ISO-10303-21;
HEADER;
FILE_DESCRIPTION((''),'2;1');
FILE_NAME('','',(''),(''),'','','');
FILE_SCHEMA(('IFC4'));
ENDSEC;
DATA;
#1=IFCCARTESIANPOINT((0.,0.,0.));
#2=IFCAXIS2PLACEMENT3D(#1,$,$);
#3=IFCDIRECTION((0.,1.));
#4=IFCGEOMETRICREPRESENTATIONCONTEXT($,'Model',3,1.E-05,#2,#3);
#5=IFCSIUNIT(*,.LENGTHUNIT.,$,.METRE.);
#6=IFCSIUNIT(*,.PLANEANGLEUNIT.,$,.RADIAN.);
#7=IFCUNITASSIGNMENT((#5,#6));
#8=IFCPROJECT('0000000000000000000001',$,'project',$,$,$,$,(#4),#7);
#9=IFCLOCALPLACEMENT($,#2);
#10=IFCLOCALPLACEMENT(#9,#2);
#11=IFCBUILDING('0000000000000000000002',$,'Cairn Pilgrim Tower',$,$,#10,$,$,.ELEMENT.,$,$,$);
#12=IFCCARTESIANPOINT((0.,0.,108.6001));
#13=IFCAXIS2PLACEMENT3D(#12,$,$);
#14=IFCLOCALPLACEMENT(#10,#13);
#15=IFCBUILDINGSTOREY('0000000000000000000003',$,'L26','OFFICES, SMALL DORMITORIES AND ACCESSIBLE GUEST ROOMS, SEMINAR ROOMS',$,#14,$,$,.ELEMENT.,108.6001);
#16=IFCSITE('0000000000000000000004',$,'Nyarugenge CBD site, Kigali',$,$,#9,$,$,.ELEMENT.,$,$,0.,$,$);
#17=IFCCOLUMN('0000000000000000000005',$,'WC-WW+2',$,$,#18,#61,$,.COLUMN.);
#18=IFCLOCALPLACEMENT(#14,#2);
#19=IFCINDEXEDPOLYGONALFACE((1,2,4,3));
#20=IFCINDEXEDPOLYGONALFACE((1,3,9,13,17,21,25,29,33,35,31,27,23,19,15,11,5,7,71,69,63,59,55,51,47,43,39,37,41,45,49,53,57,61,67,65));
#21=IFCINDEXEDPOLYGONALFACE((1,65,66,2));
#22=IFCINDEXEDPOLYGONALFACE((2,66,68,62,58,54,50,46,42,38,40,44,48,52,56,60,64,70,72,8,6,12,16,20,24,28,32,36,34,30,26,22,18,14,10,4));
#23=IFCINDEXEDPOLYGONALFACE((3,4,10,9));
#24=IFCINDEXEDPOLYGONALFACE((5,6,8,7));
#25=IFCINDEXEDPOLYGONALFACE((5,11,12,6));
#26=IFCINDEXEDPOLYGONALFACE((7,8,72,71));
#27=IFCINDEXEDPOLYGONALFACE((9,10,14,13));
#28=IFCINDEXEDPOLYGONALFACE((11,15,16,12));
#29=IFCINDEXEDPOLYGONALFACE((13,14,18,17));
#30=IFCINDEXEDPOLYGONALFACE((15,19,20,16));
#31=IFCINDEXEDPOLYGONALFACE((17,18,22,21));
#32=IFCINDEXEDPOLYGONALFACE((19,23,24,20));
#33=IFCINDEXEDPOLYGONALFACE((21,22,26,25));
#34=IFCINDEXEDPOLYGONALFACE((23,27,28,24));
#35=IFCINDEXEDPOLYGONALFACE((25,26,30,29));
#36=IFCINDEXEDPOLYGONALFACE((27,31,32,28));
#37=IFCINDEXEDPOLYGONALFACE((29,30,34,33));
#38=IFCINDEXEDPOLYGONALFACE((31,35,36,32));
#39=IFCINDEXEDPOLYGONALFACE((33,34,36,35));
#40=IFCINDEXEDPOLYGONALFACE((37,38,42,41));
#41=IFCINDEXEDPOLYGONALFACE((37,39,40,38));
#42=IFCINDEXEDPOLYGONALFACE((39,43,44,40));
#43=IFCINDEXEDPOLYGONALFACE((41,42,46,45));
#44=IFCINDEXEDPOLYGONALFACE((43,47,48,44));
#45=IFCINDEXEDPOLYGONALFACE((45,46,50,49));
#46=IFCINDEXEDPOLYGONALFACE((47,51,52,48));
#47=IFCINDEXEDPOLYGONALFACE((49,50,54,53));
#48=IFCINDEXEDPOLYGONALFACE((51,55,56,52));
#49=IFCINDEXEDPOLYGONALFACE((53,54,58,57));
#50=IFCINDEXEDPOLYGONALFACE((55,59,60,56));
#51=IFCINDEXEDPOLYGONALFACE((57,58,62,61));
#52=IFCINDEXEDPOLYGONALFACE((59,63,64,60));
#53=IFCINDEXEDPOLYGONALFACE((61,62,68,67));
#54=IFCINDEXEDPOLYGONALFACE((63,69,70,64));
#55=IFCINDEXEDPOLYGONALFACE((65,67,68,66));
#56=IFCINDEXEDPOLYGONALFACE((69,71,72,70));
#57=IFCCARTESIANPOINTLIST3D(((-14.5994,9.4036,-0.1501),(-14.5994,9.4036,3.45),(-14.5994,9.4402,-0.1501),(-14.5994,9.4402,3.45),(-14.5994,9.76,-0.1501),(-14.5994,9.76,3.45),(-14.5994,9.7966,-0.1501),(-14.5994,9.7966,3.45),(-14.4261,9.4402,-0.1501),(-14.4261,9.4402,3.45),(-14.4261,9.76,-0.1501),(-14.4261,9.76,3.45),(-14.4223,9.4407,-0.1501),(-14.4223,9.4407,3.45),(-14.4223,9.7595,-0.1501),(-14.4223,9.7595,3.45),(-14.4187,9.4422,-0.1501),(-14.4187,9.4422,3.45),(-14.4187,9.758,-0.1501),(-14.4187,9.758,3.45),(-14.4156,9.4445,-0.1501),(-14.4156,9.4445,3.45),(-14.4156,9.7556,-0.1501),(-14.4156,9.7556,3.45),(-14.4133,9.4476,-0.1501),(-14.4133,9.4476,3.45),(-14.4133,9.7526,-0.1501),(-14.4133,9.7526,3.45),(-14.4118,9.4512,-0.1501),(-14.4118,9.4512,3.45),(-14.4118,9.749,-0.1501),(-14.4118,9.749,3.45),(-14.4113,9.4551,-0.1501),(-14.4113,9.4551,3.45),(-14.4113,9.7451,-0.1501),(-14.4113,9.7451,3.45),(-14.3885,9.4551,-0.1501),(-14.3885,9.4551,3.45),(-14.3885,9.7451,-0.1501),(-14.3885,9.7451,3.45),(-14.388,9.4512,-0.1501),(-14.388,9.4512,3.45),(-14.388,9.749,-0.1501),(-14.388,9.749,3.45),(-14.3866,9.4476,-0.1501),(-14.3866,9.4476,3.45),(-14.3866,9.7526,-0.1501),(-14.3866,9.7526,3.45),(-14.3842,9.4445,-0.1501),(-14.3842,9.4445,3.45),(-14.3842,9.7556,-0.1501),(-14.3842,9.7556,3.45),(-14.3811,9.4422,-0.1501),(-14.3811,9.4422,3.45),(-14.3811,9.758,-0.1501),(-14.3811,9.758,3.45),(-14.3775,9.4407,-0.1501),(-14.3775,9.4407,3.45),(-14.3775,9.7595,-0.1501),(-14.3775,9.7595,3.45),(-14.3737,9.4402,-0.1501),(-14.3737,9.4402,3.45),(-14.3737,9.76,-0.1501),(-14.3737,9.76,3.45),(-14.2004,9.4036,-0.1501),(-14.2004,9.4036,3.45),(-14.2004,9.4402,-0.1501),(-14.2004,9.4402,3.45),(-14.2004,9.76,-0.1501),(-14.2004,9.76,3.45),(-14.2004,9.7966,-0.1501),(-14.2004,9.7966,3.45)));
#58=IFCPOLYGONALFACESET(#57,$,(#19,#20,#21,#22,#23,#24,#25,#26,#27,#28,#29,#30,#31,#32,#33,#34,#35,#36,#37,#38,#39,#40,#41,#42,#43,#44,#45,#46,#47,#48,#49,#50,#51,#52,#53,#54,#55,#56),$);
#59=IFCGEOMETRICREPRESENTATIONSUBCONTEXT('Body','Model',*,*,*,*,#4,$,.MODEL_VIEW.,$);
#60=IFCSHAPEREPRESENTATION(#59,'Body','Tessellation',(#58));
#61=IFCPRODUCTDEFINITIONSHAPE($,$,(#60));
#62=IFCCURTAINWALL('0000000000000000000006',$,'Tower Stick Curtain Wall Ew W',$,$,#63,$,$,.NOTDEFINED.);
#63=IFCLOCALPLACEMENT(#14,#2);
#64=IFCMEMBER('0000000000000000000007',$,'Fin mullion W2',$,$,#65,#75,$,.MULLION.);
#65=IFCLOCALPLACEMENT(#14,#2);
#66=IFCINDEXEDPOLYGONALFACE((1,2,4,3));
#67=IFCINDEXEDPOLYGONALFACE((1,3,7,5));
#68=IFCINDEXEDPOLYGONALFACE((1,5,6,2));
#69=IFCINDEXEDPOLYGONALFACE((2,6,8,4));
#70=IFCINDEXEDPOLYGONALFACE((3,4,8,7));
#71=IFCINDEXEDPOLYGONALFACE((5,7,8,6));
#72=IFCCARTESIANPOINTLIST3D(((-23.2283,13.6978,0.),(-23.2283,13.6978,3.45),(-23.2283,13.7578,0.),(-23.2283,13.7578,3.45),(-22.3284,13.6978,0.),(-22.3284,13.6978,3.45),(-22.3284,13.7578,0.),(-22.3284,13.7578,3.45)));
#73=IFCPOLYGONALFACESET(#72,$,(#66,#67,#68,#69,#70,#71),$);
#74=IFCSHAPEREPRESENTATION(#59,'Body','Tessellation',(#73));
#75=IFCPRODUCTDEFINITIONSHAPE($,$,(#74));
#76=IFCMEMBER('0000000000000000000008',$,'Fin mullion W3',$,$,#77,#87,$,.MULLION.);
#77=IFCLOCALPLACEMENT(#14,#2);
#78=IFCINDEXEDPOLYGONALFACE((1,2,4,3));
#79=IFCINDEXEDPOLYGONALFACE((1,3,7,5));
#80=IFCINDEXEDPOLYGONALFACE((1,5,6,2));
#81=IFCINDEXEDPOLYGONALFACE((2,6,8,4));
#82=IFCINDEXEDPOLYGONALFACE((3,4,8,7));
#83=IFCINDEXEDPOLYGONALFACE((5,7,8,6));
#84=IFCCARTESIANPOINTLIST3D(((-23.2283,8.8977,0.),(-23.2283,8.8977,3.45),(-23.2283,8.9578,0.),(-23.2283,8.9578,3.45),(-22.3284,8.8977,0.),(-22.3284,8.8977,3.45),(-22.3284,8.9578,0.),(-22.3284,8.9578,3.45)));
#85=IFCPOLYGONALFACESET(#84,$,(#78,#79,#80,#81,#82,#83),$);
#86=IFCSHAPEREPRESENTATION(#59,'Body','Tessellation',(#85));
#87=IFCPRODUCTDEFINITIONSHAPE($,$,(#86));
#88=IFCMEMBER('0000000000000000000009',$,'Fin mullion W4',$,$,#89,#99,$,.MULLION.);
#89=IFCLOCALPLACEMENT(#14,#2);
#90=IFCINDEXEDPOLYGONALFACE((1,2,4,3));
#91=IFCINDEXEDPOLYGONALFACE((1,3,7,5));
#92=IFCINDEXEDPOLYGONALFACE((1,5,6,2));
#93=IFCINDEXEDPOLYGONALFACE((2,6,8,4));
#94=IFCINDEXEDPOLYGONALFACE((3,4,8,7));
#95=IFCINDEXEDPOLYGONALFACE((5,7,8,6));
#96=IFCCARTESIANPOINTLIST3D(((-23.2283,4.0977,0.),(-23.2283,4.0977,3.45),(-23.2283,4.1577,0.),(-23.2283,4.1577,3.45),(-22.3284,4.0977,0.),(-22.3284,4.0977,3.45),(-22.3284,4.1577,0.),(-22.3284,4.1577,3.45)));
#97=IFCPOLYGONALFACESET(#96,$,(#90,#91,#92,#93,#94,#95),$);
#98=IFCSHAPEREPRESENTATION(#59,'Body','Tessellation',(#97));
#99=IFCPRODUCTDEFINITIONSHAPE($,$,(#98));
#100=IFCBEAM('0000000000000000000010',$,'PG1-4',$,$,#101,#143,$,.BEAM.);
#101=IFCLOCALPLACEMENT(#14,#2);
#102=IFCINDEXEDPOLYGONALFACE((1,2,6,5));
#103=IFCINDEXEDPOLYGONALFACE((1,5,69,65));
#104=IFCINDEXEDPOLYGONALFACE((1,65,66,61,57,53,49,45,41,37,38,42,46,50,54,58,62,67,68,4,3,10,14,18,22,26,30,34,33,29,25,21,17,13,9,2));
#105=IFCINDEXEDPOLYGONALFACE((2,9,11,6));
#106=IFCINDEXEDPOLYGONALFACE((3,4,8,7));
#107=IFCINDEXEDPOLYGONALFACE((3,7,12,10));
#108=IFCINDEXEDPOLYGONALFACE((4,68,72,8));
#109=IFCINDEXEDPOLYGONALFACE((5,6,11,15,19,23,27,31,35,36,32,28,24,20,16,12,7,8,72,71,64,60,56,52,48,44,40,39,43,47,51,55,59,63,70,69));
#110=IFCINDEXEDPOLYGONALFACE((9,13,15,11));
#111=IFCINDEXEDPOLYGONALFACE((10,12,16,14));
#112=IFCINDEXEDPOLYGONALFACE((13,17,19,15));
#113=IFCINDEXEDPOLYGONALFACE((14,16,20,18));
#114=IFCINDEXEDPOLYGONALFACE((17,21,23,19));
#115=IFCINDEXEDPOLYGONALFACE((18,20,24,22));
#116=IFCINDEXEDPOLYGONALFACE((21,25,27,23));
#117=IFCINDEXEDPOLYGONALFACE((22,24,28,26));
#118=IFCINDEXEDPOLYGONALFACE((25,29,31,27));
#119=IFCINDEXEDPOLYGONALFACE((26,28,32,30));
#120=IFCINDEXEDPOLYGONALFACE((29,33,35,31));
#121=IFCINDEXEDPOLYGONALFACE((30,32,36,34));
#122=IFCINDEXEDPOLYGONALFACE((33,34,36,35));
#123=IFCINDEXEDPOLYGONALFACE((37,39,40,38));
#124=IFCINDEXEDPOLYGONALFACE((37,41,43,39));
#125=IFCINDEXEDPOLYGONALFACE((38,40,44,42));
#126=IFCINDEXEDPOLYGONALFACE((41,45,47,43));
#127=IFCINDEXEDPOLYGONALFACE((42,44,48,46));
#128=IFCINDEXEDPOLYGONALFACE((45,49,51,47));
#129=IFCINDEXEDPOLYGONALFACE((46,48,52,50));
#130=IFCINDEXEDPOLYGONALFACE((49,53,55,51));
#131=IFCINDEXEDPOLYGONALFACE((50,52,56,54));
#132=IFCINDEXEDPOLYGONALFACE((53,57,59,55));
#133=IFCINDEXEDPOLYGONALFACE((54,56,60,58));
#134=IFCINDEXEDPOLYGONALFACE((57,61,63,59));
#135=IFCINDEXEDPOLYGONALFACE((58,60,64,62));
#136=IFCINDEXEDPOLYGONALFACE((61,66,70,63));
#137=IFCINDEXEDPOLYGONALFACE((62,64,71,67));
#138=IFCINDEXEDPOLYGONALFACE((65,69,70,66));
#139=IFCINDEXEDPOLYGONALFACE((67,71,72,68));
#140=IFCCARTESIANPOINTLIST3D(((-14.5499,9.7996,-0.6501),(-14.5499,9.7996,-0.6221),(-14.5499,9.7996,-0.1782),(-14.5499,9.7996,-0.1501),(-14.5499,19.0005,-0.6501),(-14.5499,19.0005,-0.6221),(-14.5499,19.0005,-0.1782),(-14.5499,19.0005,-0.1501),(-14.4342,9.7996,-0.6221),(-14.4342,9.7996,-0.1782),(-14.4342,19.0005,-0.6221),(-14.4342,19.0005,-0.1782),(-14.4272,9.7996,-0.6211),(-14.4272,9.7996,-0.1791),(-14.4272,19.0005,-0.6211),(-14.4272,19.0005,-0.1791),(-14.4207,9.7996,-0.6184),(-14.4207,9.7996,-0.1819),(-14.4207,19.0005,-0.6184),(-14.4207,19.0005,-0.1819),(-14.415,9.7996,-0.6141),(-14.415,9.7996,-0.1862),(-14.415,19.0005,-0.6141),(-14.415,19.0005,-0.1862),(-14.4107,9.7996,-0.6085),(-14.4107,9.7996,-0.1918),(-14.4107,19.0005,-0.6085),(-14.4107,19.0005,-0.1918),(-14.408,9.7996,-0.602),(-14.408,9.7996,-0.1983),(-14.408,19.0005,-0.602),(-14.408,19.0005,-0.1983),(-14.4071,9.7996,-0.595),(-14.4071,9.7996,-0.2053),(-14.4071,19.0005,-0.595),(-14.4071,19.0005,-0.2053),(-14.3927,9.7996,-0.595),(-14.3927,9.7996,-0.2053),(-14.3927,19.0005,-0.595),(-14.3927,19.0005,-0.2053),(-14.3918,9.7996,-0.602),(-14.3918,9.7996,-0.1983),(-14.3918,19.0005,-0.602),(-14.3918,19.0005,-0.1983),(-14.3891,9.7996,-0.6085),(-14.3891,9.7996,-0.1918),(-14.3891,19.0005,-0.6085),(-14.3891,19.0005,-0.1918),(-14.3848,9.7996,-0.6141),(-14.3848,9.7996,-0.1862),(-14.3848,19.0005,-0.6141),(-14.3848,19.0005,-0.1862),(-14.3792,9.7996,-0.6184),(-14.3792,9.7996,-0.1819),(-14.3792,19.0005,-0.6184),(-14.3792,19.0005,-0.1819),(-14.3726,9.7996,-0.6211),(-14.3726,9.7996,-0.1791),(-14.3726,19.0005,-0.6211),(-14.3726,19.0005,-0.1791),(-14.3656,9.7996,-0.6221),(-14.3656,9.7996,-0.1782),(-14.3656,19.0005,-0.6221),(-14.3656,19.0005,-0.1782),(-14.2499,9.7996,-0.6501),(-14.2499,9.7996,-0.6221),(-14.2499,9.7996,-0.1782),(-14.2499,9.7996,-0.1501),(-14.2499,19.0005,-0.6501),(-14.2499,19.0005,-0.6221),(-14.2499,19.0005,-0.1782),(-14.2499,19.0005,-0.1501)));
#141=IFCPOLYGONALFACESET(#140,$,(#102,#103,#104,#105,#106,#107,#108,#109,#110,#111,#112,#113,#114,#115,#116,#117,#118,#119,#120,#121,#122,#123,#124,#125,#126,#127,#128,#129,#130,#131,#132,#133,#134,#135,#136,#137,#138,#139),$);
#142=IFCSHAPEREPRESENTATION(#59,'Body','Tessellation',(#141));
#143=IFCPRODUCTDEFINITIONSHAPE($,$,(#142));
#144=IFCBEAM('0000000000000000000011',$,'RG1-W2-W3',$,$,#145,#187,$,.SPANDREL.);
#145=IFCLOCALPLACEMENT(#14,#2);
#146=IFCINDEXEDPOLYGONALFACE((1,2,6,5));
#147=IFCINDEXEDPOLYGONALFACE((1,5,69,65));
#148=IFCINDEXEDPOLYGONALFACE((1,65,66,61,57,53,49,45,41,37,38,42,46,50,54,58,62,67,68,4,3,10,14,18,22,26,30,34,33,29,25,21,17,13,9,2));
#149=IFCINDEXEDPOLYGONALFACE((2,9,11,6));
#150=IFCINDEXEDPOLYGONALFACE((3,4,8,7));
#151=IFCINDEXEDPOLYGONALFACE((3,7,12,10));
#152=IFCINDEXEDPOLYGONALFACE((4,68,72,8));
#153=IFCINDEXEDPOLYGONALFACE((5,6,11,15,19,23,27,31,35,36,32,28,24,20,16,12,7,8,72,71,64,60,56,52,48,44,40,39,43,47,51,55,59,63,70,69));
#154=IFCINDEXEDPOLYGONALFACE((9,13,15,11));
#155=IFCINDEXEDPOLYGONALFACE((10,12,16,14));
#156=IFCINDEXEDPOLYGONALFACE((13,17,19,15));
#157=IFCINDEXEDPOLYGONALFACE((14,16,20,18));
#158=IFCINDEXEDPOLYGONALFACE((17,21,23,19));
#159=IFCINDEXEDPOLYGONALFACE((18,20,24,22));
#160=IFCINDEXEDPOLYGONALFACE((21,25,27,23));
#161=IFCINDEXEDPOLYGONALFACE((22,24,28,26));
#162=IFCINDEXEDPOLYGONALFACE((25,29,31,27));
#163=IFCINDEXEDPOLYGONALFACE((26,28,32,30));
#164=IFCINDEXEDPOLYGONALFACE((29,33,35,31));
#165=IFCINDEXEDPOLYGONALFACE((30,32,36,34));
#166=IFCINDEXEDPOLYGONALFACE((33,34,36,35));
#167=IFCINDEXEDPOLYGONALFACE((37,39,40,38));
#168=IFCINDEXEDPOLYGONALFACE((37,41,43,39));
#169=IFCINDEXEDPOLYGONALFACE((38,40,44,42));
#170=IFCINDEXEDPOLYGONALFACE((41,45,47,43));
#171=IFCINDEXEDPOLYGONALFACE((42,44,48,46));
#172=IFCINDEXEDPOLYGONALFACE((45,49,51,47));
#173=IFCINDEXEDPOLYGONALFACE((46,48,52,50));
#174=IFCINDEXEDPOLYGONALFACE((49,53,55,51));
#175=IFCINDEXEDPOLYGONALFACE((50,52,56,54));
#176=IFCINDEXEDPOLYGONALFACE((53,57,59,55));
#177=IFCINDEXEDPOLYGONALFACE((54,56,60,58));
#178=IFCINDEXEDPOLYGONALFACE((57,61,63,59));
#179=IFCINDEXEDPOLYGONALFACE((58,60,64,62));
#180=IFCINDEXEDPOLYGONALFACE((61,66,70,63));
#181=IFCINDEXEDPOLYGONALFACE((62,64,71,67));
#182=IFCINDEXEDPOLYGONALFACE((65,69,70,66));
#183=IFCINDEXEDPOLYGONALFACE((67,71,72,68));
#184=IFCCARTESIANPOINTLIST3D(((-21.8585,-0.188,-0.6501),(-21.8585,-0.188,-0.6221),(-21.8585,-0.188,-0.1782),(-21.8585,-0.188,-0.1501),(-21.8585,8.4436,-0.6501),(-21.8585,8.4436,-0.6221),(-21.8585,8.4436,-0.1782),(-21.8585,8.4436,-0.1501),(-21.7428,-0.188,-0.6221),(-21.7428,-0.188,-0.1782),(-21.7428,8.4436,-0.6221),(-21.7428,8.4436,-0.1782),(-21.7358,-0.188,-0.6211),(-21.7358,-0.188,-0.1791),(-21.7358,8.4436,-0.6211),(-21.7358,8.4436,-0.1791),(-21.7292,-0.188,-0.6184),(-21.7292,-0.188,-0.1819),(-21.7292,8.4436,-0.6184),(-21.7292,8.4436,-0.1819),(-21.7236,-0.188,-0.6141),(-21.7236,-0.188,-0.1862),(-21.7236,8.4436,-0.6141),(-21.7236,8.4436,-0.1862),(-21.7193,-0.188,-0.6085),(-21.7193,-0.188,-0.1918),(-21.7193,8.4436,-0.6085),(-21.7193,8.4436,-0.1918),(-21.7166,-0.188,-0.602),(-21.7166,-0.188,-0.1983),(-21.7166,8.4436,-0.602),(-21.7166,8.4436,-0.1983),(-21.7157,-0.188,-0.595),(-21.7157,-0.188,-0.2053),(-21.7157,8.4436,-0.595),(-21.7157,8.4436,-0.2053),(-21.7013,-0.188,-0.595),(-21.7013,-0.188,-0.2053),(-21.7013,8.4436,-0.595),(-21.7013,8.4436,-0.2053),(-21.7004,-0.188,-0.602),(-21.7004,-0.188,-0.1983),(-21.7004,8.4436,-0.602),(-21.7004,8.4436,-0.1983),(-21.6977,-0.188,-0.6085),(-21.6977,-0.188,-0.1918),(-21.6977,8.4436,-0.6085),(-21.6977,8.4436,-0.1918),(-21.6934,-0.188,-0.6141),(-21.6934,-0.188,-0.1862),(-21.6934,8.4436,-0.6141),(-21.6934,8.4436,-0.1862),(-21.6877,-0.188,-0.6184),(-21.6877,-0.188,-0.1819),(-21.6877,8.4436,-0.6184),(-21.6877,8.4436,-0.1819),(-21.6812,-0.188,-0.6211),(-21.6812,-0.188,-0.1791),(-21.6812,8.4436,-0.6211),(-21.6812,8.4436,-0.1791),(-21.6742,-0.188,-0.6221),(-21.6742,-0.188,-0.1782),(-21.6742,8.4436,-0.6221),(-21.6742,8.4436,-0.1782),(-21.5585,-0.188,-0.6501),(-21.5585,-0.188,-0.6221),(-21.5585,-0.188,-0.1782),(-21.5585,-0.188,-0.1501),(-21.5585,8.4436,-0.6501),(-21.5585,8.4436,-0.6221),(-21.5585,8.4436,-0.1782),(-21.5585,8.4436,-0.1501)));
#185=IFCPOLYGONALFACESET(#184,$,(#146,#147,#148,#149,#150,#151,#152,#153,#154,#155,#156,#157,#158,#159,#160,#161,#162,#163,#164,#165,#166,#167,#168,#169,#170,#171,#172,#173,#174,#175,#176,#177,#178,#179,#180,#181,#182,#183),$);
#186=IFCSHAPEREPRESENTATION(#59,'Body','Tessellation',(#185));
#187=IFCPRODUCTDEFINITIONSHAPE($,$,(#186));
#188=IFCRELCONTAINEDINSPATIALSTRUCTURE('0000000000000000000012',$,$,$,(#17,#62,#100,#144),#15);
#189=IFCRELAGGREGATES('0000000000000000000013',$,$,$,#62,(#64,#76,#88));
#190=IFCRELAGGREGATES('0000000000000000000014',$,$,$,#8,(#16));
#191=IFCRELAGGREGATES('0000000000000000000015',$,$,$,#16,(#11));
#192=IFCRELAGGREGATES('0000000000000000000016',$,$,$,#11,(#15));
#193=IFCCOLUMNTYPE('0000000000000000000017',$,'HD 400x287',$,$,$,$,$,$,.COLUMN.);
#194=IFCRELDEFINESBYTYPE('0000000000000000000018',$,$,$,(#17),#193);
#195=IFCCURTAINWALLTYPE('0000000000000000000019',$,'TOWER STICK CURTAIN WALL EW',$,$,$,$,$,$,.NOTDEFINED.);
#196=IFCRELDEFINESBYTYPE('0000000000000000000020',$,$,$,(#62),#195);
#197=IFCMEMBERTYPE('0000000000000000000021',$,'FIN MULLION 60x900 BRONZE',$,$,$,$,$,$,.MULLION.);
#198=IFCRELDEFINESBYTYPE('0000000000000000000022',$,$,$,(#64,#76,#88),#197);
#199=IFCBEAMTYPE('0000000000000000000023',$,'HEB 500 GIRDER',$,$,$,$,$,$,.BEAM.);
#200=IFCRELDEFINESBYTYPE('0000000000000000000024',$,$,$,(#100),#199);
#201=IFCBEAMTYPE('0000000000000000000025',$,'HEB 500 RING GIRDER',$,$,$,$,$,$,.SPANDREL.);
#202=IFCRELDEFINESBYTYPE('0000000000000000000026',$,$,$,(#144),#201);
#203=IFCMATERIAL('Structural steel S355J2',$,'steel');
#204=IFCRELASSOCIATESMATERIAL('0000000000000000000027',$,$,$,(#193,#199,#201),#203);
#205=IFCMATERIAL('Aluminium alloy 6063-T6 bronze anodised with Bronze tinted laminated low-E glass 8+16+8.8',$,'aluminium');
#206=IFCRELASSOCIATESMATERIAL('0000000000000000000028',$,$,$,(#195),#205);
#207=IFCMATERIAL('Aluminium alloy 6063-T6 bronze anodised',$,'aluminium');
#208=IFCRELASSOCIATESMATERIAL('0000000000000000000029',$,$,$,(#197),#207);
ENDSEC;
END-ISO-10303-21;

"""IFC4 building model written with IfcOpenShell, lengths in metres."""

from ifc_helpers import new_model, si_unit, direction, frame, origin, origin_2d, place, context, subcontext, project, spatial, rectangle, i_section, extrude, material, material_profile, profile_set, type_object, element, aggregate, save


model = new_model("IFC4")

# Units and contexts
model_context = context("Model", 3, precision=1e-05, world=origin(), true_north=direction((0.0, 1.0)))
body_context = subcontext(model_context, "Body", "Model", "MODEL_VIEW")
ifc_project = project(units=[si_unit("LENGTHUNIT", "METRE"), si_unit("PLANEANGLEUNIT", "RADIAN")], contexts=[model_context])

# Site, building, storey
site_placement = place(None, origin())
site = spatial("IfcSite", under=ifc_project, at=site_placement, Name="Nyarugenge CBD site, Kigali", CompositionType="ELEMENT", RefElevation=0.0)
building_placement = place(site_placement, origin())
building = spatial("IfcBuilding", under=site, at=building_placement, Name="Cairn Pilgrim Tower", CompositionType="ELEMENT")
storey_placement = place(building_placement, frame((0.0, 0.0, 108.6001)))
storey = spatial("IfcBuildingStorey", under=building, at=storey_placement, Name="L26", Description="OFFICES, SMALL DORMITORIES AND ACCESSIBLE GUEST ROOMS, SEMINAR ROOMS", CompositionType="ELEMENT", Elevation=108.6001)

# Column
ifc_material_1 = material(Name="Structural steel S355J2", Category="steel")
ifc_material_profile_1 = material_profile(ifc_material_1, i_section(OverallWidth=0.3989, OverallDepth=0.3931, WebThickness=0.0227, FlangeThickness=0.0366, FilletRadius=0.0149, at=origin_2d()), Name="HD 400x287")
ifc_profile_set_1 = profile_set([ifc_material_profile_1], Name="Structural steel S355J2")
column_type_1 = type_object("IfcColumnType", Name="HD 400x287", PredefinedType="COLUMN", material=ifc_profile_set_1)
column_1_placement = place(storey_placement, frame((-14.3999, 9.6001, -0.1501), z_axis=(0.0, 0.0, 1.0), x_axis=(1.0, 0.0, 0.0)))
element("IfcColumn", 1, at=column_1_placement, inside=storey, type_object=column_type_1, Name="WC-WW+2", PredefinedType="COLUMN", context=body_context, shape_type="SweptSolid", body=[
    extrude(i_section(OverallWidth=0.3989, OverallDepth=0.3931, WebThickness=0.0227, FlangeThickness=0.0366, FilletRadius=0.0149, at=origin_2d()), origin(), (0.0, 0.0, 1.0), 3.6001),
])

# Curtain wall, members
ifc_material_2 = material(Name="Aluminium alloy 6063-T6 bronze anodised with Bronze tinted laminated low-E glass 8+16+8.8", Category="aluminium")
curtain_wall_type = type_object("IfcCurtainWallType", Name="TOWER STICK CURTAIN WALL EW", PredefinedType="NOTDEFINED", material=ifc_material_2)
curtain_wall_placement = place(storey_placement, origin())
curtain_wall = element("IfcCurtainWall", 2, at=curtain_wall_placement, inside=storey, type_object=curtain_wall_type, Name="Tower Stick Curtain Wall Ew W", PredefinedType="NOTDEFINED")
ifc_material_3 = material(Name="Aluminium alloy 6063-T6 bronze anodised", Category="aluminium")
ifc_material_profile_2 = material_profile(ifc_material_3, rectangle(XDim=0.8999, YDim=0.0601, at=origin_2d()), Name="FIN MULLION 60x900 BRONZE")
ifc_profile_set_2 = profile_set([ifc_material_profile_2], Name="Aluminium alloy 6063-T6 bronze anodised")
member_type_1 = type_object("IfcMemberType", Name="FIN MULLION 60x900 BRONZE", PredefinedType="MULLION", material=ifc_profile_set_2)
member_1_placement = place(storey_placement, frame((-22.7783, 13.7278, 0.0), z_axis=(0.0, 0.0, 1.0), x_axis=(-1.0, 0.0, 0.0)))
member_1 = element("IfcMember", 3, at=member_1_placement, type_object=member_type_1, Name="Fin mullion W2", PredefinedType="MULLION", context=body_context, shape_type="SweptSolid", body=[
    extrude(rectangle(XDim=0.8999, YDim=0.0601, at=origin_2d()), origin(), (0.0, 0.0, 1.0), 3.45),
])
member_2_placement = place(storey_placement, frame((-22.7783, 8.9277, 0.0), z_axis=(0.0, 0.0, 1.0), x_axis=(-1.0, 0.0, 0.0)))
member_2 = element("IfcMember", 4, at=member_2_placement, type_object=member_type_1, Name="Fin mullion W3", PredefinedType="MULLION", context=body_context, shape_type="SweptSolid", body=[
    extrude(rectangle(XDim=0.8999, YDim=0.0601, at=origin_2d()), origin(), (0.0, 0.0, 1.0), 3.45),
])
member_3_placement = place(storey_placement, frame((-22.7783, 4.1277, 0.0), z_axis=(0.0, 0.0, 1.0), x_axis=(-1.0, 0.0, 0.0)))
member_3 = element("IfcMember", 5, at=member_3_placement, type_object=member_type_1, Name="Fin mullion W4", PredefinedType="MULLION", context=body_context, shape_type="SweptSolid", body=[
    extrude(rectangle(XDim=0.8999, YDim=0.0601, at=origin_2d()), origin(), (0.0, 0.0, 1.0), 3.45),
])

# Beams
ifc_material_profile_3 = material_profile(ifc_material_1, i_section(OverallWidth=0.3, OverallDepth=0.5, WebThickness=0.0144, FlangeThickness=0.0281, FilletRadius=0.0271, at=origin_2d()), Name="HEB 500")
ifc_profile_set_3 = profile_set([ifc_material_profile_3], Name="Structural steel S355J2")
beam_type_1 = type_object("IfcBeamType", Name="HEB 500 GIRDER", PredefinedType="BEAM", material=ifc_profile_set_3)
beam_1_placement = place(storey_placement, frame((-14.3999, 9.7996, -0.4001), z_axis=(0.0, 1.0, 0.0), x_axis=(-1.0, 0.0, 0.0)))
element("IfcBeam", 6, at=beam_1_placement, inside=storey, type_object=beam_type_1, Name="PG1-4", PredefinedType="BEAM", context=body_context, shape_type="SweptSolid", body=[
    extrude(i_section(OverallWidth=0.3, OverallDepth=0.5, WebThickness=0.0144, FlangeThickness=0.0281, FilletRadius=0.0271, at=origin_2d()), origin(), (0.0, 0.0, 1.0), 9.2009),
])
ifc_material_profile_4 = material_profile(ifc_material_1, i_section(OverallWidth=0.3, OverallDepth=0.5, WebThickness=0.0144, FlangeThickness=0.0281, FilletRadius=0.0271, at=origin_2d()), Name="HEB 500")
ifc_profile_set_4 = profile_set([ifc_material_profile_4], Name="Structural steel S355J2")
beam_type_2 = type_object("IfcBeamType", Name="HEB 500 RING GIRDER", PredefinedType="SPANDREL", material=ifc_profile_set_4)
beam_2_placement = place(storey_placement, frame((-21.7085, 8.4436, -0.4001), z_axis=(0.0, -1.0, 0.0), x_axis=(1.0, 0.0, 0.0)))
element("IfcBeam", 7, at=beam_2_placement, inside=storey, type_object=beam_type_2, Name="RG1-W2-W3", PredefinedType="SPANDREL", context=body_context, shape_type="SweptSolid", body=[
    extrude(i_section(OverallWidth=0.3, OverallDepth=0.5, WebThickness=0.0144, FlangeThickness=0.0281, FilletRadius=0.0271, at=origin_2d()), origin(), (0.0, 0.0, 1.0), 8.6316),
])

aggregate(curtain_wall, [member_1, member_2, member_3])

save(model, "model.ifc")
